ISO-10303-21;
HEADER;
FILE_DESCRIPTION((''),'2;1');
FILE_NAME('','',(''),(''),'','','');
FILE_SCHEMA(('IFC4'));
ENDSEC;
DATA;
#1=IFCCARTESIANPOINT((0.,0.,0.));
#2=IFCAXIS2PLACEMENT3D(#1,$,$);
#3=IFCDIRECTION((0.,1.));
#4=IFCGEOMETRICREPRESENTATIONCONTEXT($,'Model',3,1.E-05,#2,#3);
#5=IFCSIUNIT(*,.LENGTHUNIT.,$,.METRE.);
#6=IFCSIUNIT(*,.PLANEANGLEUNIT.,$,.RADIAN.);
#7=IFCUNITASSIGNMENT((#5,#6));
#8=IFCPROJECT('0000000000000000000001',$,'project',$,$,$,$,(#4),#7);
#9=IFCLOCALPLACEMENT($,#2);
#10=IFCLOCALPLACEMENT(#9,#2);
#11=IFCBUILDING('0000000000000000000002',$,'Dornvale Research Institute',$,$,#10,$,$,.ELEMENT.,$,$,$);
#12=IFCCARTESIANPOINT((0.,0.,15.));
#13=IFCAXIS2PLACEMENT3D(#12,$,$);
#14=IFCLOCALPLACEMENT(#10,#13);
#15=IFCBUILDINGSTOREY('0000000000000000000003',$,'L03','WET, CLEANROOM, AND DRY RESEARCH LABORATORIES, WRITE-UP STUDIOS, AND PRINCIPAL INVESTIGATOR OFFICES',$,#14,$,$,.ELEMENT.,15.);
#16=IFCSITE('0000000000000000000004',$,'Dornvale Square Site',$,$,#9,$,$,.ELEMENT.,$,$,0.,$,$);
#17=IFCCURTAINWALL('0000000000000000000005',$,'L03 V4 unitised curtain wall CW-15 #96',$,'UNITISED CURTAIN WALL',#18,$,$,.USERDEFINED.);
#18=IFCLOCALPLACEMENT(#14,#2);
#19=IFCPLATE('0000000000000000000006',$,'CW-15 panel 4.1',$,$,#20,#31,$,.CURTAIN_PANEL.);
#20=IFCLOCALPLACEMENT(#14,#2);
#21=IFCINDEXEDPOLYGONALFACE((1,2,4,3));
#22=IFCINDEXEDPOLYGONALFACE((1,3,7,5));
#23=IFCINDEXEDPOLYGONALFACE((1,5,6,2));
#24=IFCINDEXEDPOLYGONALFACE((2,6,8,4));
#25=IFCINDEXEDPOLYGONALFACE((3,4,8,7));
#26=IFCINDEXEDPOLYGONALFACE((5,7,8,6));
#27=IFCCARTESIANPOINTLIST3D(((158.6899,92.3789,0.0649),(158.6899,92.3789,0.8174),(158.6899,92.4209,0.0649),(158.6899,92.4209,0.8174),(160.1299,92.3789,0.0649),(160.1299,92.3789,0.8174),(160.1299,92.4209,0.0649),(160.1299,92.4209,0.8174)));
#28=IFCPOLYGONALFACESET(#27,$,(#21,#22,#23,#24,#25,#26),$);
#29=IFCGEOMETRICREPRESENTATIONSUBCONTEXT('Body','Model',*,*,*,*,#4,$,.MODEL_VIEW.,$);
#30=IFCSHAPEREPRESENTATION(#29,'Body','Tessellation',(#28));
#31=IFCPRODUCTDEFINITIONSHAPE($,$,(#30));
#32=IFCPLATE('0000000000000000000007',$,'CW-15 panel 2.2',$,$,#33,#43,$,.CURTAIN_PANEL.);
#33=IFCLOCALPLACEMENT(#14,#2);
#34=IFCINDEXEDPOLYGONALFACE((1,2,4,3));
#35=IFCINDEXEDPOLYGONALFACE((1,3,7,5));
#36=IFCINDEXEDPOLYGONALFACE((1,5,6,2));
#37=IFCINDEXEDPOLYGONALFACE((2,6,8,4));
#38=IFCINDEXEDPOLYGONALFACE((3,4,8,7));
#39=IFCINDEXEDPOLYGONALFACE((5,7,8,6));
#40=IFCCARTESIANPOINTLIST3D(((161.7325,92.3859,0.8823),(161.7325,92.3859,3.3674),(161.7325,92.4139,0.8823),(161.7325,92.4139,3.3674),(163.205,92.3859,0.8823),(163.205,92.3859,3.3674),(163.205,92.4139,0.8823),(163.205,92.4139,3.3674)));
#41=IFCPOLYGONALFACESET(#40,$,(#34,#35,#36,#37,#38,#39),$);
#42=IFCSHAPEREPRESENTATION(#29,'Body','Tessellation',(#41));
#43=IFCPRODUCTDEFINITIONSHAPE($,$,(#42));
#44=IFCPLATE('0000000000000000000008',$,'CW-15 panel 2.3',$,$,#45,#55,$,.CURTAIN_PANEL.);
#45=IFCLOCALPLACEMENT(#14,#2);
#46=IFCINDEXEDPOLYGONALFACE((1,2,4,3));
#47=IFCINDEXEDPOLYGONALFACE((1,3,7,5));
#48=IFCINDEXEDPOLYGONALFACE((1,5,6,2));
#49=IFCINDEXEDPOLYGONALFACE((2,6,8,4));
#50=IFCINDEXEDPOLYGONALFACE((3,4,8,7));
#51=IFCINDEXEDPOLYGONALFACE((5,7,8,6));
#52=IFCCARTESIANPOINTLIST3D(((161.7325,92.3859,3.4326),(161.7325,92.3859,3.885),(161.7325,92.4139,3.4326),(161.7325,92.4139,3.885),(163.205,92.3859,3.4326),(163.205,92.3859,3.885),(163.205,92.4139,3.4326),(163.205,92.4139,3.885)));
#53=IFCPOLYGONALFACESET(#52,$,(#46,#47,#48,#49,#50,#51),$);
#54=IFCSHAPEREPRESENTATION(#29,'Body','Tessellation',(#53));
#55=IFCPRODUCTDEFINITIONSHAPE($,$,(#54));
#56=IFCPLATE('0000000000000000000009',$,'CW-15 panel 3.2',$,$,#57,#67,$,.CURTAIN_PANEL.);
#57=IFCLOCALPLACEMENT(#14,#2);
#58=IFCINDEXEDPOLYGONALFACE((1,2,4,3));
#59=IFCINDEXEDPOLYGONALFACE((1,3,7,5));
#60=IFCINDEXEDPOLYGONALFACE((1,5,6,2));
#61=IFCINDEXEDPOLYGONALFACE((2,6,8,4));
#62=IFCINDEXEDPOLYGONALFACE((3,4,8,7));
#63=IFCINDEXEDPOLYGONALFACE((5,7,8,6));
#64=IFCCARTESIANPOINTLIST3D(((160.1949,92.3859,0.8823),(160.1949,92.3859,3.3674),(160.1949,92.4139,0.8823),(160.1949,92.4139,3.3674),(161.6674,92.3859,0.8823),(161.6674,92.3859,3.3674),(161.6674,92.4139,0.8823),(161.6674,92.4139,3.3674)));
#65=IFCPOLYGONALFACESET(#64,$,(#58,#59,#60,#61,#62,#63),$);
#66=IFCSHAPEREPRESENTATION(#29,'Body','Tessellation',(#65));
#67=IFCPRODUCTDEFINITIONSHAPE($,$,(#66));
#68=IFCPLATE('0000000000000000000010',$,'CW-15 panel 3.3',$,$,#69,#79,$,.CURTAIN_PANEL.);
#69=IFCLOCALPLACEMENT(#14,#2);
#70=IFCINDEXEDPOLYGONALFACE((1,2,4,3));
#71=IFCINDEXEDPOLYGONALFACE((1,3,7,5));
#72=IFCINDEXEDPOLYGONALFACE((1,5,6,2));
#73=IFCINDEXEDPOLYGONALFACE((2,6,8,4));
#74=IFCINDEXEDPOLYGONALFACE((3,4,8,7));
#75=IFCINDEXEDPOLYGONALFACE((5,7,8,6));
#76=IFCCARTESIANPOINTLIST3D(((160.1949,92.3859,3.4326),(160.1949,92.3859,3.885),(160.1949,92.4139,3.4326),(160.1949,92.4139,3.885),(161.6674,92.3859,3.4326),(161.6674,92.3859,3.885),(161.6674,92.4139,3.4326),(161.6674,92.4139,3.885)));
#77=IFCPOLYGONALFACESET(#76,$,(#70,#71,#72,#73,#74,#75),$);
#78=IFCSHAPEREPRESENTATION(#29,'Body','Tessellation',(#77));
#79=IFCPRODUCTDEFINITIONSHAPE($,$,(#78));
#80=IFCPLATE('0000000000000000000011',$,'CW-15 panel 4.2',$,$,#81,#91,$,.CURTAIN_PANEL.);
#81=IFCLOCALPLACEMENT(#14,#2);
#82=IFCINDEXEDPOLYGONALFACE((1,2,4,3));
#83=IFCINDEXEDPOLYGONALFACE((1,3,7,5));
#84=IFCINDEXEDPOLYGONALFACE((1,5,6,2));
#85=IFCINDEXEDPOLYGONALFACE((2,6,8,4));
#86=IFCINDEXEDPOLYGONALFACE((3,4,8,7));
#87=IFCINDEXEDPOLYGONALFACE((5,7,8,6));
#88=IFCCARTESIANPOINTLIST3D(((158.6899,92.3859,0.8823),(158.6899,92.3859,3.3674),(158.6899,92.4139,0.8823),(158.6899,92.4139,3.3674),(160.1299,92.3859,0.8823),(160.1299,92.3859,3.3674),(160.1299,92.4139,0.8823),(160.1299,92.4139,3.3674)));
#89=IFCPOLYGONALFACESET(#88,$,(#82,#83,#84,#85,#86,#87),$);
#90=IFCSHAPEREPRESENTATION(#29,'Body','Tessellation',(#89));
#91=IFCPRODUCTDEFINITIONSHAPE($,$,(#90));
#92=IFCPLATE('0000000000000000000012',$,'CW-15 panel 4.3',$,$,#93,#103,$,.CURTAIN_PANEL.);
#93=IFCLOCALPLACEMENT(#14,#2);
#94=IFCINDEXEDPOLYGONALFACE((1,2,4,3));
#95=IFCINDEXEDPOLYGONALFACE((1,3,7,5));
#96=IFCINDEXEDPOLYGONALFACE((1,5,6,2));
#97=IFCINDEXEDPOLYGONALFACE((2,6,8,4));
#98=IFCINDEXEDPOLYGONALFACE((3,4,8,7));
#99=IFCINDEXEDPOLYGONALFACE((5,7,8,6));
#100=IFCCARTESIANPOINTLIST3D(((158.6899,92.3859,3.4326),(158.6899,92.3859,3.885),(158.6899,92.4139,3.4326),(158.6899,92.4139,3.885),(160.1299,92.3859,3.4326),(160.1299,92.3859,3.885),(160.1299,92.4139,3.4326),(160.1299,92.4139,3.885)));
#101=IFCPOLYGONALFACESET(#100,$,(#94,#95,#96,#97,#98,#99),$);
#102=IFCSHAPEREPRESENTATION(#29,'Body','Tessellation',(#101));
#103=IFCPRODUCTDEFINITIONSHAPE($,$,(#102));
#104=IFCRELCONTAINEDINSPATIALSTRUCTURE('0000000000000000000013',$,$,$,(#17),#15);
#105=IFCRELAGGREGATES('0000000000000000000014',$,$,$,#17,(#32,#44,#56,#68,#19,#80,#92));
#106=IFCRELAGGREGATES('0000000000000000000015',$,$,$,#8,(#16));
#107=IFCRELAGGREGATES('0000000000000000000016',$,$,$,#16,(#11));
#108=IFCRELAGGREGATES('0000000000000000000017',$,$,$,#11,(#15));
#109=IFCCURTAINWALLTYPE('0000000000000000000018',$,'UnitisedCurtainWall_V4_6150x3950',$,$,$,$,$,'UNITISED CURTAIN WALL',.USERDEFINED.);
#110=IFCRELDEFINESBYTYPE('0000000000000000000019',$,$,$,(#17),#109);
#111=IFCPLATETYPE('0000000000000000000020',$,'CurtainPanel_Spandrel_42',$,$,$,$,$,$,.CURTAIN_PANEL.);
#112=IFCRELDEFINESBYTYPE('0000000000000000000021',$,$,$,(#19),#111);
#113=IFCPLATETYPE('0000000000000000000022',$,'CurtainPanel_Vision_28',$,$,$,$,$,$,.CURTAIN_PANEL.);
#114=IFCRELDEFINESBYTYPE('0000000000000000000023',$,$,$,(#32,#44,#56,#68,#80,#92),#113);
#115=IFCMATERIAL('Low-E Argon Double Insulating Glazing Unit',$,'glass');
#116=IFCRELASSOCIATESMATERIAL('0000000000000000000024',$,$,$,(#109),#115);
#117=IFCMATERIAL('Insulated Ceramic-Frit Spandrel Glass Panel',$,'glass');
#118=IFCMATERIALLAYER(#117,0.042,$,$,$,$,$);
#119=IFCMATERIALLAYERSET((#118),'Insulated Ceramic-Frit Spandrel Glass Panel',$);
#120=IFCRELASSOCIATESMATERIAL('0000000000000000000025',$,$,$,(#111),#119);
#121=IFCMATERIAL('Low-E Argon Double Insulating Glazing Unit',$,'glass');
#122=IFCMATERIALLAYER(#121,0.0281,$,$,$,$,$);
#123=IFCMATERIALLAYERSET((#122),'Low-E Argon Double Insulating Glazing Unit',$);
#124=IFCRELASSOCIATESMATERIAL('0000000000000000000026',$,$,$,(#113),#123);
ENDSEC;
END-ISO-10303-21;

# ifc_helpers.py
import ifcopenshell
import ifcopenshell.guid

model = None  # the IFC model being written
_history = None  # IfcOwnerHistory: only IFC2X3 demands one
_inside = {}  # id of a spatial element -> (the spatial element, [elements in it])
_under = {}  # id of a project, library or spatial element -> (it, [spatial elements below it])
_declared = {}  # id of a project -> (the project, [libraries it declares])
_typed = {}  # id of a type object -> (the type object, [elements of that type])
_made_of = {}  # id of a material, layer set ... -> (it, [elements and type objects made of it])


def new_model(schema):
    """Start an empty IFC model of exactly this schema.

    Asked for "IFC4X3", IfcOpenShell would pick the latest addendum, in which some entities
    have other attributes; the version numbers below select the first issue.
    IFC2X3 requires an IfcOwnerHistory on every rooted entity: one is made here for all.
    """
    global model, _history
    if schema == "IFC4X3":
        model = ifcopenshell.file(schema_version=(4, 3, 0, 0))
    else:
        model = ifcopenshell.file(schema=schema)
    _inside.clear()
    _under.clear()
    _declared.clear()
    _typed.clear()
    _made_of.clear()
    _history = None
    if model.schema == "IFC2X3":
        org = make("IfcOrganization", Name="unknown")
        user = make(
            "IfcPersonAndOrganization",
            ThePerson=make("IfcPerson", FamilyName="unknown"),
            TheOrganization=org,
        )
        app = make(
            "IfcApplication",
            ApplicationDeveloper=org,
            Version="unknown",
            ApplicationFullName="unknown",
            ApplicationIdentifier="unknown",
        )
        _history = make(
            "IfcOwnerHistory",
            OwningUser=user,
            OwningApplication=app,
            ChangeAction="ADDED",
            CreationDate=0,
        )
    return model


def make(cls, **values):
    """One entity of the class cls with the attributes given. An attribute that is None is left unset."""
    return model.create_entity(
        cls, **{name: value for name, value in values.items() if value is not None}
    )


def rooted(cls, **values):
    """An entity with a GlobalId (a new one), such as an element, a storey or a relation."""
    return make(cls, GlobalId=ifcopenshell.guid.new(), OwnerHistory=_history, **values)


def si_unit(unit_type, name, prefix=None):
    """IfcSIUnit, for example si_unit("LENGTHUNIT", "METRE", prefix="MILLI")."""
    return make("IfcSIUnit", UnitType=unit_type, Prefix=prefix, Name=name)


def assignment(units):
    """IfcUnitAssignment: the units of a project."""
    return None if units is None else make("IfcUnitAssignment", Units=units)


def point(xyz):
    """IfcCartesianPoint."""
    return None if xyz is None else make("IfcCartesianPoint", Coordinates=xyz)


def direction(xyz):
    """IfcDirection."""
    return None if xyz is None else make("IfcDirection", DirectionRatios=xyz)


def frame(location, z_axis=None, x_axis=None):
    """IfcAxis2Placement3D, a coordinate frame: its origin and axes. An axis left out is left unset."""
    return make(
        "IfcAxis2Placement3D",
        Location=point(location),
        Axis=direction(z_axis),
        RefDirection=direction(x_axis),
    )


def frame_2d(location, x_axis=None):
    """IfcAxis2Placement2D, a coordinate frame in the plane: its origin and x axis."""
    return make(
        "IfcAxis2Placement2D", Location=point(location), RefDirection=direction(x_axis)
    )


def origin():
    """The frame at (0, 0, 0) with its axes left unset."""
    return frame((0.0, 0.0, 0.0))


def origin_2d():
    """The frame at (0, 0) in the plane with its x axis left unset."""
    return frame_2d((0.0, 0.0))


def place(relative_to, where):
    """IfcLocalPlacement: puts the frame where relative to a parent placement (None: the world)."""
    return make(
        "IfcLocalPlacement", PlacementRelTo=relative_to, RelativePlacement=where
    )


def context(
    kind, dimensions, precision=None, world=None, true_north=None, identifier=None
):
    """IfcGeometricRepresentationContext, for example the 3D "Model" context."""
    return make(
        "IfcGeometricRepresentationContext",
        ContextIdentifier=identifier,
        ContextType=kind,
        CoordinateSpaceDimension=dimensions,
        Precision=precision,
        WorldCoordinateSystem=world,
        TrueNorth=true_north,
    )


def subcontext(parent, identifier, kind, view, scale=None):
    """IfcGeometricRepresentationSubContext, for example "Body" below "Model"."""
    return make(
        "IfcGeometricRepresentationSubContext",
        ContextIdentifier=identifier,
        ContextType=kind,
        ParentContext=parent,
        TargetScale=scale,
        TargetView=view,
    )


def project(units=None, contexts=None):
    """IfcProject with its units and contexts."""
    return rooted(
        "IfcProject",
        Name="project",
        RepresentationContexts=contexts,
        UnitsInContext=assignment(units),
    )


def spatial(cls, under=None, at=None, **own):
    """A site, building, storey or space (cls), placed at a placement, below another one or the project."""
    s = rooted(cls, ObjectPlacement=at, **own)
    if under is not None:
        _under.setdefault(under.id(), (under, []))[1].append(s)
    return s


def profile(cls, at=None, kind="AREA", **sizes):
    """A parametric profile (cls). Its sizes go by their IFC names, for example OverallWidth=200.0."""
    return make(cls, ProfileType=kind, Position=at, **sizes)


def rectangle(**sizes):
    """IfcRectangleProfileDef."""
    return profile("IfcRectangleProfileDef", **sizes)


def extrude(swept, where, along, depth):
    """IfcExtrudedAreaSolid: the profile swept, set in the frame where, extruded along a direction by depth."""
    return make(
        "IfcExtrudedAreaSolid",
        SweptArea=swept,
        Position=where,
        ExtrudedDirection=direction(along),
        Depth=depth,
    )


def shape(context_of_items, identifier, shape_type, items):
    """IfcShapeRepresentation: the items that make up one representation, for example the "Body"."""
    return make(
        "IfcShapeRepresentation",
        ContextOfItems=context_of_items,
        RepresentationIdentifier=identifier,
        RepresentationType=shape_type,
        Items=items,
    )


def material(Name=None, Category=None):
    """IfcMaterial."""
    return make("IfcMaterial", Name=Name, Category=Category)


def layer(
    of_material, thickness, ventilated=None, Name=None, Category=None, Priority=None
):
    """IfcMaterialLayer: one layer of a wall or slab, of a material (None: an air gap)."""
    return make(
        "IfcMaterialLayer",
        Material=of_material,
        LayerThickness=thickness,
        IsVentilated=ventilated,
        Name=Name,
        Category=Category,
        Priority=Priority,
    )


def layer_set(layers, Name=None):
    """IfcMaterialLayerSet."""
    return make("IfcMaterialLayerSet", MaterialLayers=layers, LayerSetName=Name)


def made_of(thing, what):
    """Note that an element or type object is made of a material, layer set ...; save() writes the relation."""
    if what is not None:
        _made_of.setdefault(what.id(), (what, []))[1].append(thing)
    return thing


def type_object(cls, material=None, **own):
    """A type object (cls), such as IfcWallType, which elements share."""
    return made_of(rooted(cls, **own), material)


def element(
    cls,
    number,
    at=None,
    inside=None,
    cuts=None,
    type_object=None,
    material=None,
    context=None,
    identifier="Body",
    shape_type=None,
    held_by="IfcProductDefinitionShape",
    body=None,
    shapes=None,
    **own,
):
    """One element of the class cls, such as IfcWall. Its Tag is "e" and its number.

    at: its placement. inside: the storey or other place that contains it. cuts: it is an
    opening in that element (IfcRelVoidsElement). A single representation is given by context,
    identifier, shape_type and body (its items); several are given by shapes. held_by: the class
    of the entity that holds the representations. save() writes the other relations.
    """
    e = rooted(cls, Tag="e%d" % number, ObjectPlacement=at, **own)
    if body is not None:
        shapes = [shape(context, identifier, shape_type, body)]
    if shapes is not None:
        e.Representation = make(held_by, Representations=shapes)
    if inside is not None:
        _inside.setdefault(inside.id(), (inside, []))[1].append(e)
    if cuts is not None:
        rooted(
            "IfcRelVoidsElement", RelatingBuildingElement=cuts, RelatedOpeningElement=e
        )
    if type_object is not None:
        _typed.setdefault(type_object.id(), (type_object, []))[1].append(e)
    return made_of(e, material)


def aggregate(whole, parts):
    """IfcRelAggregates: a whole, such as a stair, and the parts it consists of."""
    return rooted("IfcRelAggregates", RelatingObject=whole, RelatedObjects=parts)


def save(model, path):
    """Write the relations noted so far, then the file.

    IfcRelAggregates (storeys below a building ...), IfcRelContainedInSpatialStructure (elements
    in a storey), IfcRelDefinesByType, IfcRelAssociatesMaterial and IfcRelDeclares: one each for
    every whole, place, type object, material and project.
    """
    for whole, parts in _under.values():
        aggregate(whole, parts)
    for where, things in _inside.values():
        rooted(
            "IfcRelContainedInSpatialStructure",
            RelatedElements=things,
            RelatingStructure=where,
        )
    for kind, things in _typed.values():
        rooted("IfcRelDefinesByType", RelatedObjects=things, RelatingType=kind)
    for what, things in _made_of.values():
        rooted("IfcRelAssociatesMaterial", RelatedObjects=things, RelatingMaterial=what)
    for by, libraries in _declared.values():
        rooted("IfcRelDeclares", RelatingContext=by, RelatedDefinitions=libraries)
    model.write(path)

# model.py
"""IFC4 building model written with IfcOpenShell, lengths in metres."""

from ifc_helpers import new_model, si_unit, direction, frame, origin, origin_2d, place, context, subcontext, project, spatial, rectangle, extrude, material, layer, layer_set, type_object, element, aggregate, save


model = new_model("IFC4")

# Units and contexts
model_context = context("Model", 3, precision=1e-05, world=origin(), true_north=direction((0.0, 1.0)))
body_context = subcontext(model_context, "Body", "Model", "MODEL_VIEW")
ifc_project = project(units=[si_unit("LENGTHUNIT", "METRE"), si_unit("PLANEANGLEUNIT", "RADIAN")], contexts=[model_context])

# Site, building, storey
site_placement = place(None, origin())
site = spatial("IfcSite", under=ifc_project, at=site_placement, Name="Dornvale Square Site", CompositionType="ELEMENT", RefElevation=0.0)
building_placement = place(site_placement, origin())
building = spatial("IfcBuilding", under=site, at=building_placement, Name="Dornvale Research Institute", CompositionType="ELEMENT")
storey_placement = place(building_placement, frame((0.0, 0.0, 15.0)))
storey = spatial("IfcBuildingStorey", under=building, at=storey_placement, Name="L03", Description="WET, CLEANROOM, AND DRY RESEARCH LABORATORIES, WRITE-UP STUDIOS, AND PRINCIPAL INVESTIGATOR OFFICES", CompositionType="ELEMENT", Elevation=15.0)

# Curtain wall, plates
ifc_material_1 = material(Name="Low-E Argon Double Insulating Glazing Unit", Category="glass")
curtain_wall_type = type_object("IfcCurtainWallType", Name="UnitisedCurtainWall_V4_6150x3950", ElementType="UNITISED CURTAIN WALL", PredefinedType="USERDEFINED", material=ifc_material_1)
curtain_wall_placement = place(storey_placement, origin())
curtain_wall = element("IfcCurtainWall", 1, at=curtain_wall_placement, inside=storey, type_object=curtain_wall_type, Name="L03 V4 unitised curtain wall CW-15 #96", ObjectType="UNITISED CURTAIN WALL", PredefinedType="USERDEFINED")
ifc_material_2 = material(Name="Insulated Ceramic-Frit Spandrel Glass Panel", Category="glass")
ifc_layer_1 = layer(ifc_material_2, 0.042)
ifc_layer_set_1 = layer_set([ifc_layer_1], Name="Insulated Ceramic-Frit Spandrel Glass Panel")
plate_type_1 = type_object("IfcPlateType", Name="CurtainPanel_Spandrel_42", PredefinedType="CURTAIN_PANEL", material=ifc_layer_set_1)
plate_1_placement = place(storey_placement, frame((159.4099, 92.3999, 0.0649), z_axis=(0.0, 0.0, 1.0), x_axis=(-1.0, 0.0, 0.0)))
plate_1 = element("IfcPlate", 2, at=plate_1_placement, type_object=plate_type_1, Name="CW-15 panel 4.1", PredefinedType="CURTAIN_PANEL", context=body_context, shape_type="SweptSolid", body=[
    extrude(rectangle(XDim=1.4399, YDim=0.042, at=origin_2d()), origin(), (0.0, 0.0, 1.0), 0.7524),
])
ifc_material_3 = material(Name="Low-E Argon Double Insulating Glazing Unit", Category="glass")
ifc_layer_2 = layer(ifc_material_3, 0.0281)
ifc_layer_set_2 = layer_set([ifc_layer_2], Name="Low-E Argon Double Insulating Glazing Unit")
plate_type_2 = type_object("IfcPlateType", Name="CurtainPanel_Vision_28", PredefinedType="CURTAIN_PANEL", material=ifc_layer_set_2)
plate_2_placement = place(storey_placement, frame((162.4688, 92.3999, 0.8823), z_axis=(0.0, 0.0, 1.0), x_axis=(-1.0, 0.0, 0.0)))
plate_2 = element("IfcPlate", 3, at=plate_2_placement, type_object=plate_type_2, Name="CW-15 panel 2.2", PredefinedType="CURTAIN_PANEL", context=body_context, shape_type="SweptSolid", body=[
    extrude(rectangle(XDim=1.4724, YDim=0.0281, at=origin_2d()), origin(), (0.0, 0.0, 1.0), 2.4851),
])
plate_3_placement = place(storey_placement, frame((162.4688, 92.3999, 3.4326), z_axis=(0.0, 0.0, 1.0), x_axis=(-1.0, 0.0, 0.0)))
plate_3 = element("IfcPlate", 4, at=plate_3_placement, type_object=plate_type_2, Name="CW-15 panel 2.3", PredefinedType="CURTAIN_PANEL", context=body_context, shape_type="SweptSolid", body=[
    extrude(rectangle(XDim=1.4724, YDim=0.0281, at=origin_2d()), origin(), (0.0, 0.0, 1.0), 0.4524),
])
plate_4_placement = place(storey_placement, frame((160.9312, 92.3999, 0.8823), z_axis=(0.0, 0.0, 1.0), x_axis=(-1.0, 0.0, 0.0)))
plate_4 = element("IfcPlate", 5, at=plate_4_placement, type_object=plate_type_2, Name="CW-15 panel 3.2", PredefinedType="CURTAIN_PANEL", context=body_context, shape_type="SweptSolid", body=[
    extrude(rectangle(XDim=1.4724, YDim=0.0281, at=origin_2d()), origin(), (0.0, 0.0, 1.0), 2.4851),
])
plate_5_placement = place(storey_placement, frame((160.9312, 92.3999, 3.4326), z_axis=(0.0, 0.0, 1.0), x_axis=(-1.0, 0.0, 0.0)))
plate_5 = element("IfcPlate", 6, at=plate_5_placement, type_object=plate_type_2, Name="CW-15 panel 3.3", PredefinedType="CURTAIN_PANEL", context=body_context, shape_type="SweptSolid", body=[
    extrude(rectangle(XDim=1.4724, YDim=0.0281, at=origin_2d()), origin(), (0.0, 0.0, 1.0), 0.4524),
])
plate_6_placement = place(storey_placement, frame((159.4099, 92.3999, 0.8823), z_axis=(0.0, 0.0, 1.0), x_axis=(-1.0, 0.0, 0.0)))
plate_6 = element("IfcPlate", 7, at=plate_6_placement, type_object=plate_type_2, Name="CW-15 panel 4.2", PredefinedType="CURTAIN_PANEL", context=body_context, shape_type="SweptSolid", body=[
    extrude(rectangle(XDim=1.4399, YDim=0.0281, at=origin_2d()), origin(), (0.0, 0.0, 1.0), 2.4851),
])
plate_7_placement = place(storey_placement, frame((159.4099, 92.3999, 3.4326), z_axis=(0.0, 0.0, 1.0), x_axis=(-1.0, 0.0, 0.0)))
plate_7 = element("IfcPlate", 8, at=plate_7_placement, type_object=plate_type_2, Name="CW-15 panel 4.3", PredefinedType="CURTAIN_PANEL", context=body_context, shape_type="SweptSolid", body=[
    extrude(rectangle(XDim=1.4399, YDim=0.0281, at=origin_2d()), origin(), (0.0, 0.0, 1.0), 0.4524),
])
aggregate(curtain_wall, [plate_2, plate_3, plate_4, plate_5, plate_1, plate_6, plate_7])

save(model, "model.ifc")
